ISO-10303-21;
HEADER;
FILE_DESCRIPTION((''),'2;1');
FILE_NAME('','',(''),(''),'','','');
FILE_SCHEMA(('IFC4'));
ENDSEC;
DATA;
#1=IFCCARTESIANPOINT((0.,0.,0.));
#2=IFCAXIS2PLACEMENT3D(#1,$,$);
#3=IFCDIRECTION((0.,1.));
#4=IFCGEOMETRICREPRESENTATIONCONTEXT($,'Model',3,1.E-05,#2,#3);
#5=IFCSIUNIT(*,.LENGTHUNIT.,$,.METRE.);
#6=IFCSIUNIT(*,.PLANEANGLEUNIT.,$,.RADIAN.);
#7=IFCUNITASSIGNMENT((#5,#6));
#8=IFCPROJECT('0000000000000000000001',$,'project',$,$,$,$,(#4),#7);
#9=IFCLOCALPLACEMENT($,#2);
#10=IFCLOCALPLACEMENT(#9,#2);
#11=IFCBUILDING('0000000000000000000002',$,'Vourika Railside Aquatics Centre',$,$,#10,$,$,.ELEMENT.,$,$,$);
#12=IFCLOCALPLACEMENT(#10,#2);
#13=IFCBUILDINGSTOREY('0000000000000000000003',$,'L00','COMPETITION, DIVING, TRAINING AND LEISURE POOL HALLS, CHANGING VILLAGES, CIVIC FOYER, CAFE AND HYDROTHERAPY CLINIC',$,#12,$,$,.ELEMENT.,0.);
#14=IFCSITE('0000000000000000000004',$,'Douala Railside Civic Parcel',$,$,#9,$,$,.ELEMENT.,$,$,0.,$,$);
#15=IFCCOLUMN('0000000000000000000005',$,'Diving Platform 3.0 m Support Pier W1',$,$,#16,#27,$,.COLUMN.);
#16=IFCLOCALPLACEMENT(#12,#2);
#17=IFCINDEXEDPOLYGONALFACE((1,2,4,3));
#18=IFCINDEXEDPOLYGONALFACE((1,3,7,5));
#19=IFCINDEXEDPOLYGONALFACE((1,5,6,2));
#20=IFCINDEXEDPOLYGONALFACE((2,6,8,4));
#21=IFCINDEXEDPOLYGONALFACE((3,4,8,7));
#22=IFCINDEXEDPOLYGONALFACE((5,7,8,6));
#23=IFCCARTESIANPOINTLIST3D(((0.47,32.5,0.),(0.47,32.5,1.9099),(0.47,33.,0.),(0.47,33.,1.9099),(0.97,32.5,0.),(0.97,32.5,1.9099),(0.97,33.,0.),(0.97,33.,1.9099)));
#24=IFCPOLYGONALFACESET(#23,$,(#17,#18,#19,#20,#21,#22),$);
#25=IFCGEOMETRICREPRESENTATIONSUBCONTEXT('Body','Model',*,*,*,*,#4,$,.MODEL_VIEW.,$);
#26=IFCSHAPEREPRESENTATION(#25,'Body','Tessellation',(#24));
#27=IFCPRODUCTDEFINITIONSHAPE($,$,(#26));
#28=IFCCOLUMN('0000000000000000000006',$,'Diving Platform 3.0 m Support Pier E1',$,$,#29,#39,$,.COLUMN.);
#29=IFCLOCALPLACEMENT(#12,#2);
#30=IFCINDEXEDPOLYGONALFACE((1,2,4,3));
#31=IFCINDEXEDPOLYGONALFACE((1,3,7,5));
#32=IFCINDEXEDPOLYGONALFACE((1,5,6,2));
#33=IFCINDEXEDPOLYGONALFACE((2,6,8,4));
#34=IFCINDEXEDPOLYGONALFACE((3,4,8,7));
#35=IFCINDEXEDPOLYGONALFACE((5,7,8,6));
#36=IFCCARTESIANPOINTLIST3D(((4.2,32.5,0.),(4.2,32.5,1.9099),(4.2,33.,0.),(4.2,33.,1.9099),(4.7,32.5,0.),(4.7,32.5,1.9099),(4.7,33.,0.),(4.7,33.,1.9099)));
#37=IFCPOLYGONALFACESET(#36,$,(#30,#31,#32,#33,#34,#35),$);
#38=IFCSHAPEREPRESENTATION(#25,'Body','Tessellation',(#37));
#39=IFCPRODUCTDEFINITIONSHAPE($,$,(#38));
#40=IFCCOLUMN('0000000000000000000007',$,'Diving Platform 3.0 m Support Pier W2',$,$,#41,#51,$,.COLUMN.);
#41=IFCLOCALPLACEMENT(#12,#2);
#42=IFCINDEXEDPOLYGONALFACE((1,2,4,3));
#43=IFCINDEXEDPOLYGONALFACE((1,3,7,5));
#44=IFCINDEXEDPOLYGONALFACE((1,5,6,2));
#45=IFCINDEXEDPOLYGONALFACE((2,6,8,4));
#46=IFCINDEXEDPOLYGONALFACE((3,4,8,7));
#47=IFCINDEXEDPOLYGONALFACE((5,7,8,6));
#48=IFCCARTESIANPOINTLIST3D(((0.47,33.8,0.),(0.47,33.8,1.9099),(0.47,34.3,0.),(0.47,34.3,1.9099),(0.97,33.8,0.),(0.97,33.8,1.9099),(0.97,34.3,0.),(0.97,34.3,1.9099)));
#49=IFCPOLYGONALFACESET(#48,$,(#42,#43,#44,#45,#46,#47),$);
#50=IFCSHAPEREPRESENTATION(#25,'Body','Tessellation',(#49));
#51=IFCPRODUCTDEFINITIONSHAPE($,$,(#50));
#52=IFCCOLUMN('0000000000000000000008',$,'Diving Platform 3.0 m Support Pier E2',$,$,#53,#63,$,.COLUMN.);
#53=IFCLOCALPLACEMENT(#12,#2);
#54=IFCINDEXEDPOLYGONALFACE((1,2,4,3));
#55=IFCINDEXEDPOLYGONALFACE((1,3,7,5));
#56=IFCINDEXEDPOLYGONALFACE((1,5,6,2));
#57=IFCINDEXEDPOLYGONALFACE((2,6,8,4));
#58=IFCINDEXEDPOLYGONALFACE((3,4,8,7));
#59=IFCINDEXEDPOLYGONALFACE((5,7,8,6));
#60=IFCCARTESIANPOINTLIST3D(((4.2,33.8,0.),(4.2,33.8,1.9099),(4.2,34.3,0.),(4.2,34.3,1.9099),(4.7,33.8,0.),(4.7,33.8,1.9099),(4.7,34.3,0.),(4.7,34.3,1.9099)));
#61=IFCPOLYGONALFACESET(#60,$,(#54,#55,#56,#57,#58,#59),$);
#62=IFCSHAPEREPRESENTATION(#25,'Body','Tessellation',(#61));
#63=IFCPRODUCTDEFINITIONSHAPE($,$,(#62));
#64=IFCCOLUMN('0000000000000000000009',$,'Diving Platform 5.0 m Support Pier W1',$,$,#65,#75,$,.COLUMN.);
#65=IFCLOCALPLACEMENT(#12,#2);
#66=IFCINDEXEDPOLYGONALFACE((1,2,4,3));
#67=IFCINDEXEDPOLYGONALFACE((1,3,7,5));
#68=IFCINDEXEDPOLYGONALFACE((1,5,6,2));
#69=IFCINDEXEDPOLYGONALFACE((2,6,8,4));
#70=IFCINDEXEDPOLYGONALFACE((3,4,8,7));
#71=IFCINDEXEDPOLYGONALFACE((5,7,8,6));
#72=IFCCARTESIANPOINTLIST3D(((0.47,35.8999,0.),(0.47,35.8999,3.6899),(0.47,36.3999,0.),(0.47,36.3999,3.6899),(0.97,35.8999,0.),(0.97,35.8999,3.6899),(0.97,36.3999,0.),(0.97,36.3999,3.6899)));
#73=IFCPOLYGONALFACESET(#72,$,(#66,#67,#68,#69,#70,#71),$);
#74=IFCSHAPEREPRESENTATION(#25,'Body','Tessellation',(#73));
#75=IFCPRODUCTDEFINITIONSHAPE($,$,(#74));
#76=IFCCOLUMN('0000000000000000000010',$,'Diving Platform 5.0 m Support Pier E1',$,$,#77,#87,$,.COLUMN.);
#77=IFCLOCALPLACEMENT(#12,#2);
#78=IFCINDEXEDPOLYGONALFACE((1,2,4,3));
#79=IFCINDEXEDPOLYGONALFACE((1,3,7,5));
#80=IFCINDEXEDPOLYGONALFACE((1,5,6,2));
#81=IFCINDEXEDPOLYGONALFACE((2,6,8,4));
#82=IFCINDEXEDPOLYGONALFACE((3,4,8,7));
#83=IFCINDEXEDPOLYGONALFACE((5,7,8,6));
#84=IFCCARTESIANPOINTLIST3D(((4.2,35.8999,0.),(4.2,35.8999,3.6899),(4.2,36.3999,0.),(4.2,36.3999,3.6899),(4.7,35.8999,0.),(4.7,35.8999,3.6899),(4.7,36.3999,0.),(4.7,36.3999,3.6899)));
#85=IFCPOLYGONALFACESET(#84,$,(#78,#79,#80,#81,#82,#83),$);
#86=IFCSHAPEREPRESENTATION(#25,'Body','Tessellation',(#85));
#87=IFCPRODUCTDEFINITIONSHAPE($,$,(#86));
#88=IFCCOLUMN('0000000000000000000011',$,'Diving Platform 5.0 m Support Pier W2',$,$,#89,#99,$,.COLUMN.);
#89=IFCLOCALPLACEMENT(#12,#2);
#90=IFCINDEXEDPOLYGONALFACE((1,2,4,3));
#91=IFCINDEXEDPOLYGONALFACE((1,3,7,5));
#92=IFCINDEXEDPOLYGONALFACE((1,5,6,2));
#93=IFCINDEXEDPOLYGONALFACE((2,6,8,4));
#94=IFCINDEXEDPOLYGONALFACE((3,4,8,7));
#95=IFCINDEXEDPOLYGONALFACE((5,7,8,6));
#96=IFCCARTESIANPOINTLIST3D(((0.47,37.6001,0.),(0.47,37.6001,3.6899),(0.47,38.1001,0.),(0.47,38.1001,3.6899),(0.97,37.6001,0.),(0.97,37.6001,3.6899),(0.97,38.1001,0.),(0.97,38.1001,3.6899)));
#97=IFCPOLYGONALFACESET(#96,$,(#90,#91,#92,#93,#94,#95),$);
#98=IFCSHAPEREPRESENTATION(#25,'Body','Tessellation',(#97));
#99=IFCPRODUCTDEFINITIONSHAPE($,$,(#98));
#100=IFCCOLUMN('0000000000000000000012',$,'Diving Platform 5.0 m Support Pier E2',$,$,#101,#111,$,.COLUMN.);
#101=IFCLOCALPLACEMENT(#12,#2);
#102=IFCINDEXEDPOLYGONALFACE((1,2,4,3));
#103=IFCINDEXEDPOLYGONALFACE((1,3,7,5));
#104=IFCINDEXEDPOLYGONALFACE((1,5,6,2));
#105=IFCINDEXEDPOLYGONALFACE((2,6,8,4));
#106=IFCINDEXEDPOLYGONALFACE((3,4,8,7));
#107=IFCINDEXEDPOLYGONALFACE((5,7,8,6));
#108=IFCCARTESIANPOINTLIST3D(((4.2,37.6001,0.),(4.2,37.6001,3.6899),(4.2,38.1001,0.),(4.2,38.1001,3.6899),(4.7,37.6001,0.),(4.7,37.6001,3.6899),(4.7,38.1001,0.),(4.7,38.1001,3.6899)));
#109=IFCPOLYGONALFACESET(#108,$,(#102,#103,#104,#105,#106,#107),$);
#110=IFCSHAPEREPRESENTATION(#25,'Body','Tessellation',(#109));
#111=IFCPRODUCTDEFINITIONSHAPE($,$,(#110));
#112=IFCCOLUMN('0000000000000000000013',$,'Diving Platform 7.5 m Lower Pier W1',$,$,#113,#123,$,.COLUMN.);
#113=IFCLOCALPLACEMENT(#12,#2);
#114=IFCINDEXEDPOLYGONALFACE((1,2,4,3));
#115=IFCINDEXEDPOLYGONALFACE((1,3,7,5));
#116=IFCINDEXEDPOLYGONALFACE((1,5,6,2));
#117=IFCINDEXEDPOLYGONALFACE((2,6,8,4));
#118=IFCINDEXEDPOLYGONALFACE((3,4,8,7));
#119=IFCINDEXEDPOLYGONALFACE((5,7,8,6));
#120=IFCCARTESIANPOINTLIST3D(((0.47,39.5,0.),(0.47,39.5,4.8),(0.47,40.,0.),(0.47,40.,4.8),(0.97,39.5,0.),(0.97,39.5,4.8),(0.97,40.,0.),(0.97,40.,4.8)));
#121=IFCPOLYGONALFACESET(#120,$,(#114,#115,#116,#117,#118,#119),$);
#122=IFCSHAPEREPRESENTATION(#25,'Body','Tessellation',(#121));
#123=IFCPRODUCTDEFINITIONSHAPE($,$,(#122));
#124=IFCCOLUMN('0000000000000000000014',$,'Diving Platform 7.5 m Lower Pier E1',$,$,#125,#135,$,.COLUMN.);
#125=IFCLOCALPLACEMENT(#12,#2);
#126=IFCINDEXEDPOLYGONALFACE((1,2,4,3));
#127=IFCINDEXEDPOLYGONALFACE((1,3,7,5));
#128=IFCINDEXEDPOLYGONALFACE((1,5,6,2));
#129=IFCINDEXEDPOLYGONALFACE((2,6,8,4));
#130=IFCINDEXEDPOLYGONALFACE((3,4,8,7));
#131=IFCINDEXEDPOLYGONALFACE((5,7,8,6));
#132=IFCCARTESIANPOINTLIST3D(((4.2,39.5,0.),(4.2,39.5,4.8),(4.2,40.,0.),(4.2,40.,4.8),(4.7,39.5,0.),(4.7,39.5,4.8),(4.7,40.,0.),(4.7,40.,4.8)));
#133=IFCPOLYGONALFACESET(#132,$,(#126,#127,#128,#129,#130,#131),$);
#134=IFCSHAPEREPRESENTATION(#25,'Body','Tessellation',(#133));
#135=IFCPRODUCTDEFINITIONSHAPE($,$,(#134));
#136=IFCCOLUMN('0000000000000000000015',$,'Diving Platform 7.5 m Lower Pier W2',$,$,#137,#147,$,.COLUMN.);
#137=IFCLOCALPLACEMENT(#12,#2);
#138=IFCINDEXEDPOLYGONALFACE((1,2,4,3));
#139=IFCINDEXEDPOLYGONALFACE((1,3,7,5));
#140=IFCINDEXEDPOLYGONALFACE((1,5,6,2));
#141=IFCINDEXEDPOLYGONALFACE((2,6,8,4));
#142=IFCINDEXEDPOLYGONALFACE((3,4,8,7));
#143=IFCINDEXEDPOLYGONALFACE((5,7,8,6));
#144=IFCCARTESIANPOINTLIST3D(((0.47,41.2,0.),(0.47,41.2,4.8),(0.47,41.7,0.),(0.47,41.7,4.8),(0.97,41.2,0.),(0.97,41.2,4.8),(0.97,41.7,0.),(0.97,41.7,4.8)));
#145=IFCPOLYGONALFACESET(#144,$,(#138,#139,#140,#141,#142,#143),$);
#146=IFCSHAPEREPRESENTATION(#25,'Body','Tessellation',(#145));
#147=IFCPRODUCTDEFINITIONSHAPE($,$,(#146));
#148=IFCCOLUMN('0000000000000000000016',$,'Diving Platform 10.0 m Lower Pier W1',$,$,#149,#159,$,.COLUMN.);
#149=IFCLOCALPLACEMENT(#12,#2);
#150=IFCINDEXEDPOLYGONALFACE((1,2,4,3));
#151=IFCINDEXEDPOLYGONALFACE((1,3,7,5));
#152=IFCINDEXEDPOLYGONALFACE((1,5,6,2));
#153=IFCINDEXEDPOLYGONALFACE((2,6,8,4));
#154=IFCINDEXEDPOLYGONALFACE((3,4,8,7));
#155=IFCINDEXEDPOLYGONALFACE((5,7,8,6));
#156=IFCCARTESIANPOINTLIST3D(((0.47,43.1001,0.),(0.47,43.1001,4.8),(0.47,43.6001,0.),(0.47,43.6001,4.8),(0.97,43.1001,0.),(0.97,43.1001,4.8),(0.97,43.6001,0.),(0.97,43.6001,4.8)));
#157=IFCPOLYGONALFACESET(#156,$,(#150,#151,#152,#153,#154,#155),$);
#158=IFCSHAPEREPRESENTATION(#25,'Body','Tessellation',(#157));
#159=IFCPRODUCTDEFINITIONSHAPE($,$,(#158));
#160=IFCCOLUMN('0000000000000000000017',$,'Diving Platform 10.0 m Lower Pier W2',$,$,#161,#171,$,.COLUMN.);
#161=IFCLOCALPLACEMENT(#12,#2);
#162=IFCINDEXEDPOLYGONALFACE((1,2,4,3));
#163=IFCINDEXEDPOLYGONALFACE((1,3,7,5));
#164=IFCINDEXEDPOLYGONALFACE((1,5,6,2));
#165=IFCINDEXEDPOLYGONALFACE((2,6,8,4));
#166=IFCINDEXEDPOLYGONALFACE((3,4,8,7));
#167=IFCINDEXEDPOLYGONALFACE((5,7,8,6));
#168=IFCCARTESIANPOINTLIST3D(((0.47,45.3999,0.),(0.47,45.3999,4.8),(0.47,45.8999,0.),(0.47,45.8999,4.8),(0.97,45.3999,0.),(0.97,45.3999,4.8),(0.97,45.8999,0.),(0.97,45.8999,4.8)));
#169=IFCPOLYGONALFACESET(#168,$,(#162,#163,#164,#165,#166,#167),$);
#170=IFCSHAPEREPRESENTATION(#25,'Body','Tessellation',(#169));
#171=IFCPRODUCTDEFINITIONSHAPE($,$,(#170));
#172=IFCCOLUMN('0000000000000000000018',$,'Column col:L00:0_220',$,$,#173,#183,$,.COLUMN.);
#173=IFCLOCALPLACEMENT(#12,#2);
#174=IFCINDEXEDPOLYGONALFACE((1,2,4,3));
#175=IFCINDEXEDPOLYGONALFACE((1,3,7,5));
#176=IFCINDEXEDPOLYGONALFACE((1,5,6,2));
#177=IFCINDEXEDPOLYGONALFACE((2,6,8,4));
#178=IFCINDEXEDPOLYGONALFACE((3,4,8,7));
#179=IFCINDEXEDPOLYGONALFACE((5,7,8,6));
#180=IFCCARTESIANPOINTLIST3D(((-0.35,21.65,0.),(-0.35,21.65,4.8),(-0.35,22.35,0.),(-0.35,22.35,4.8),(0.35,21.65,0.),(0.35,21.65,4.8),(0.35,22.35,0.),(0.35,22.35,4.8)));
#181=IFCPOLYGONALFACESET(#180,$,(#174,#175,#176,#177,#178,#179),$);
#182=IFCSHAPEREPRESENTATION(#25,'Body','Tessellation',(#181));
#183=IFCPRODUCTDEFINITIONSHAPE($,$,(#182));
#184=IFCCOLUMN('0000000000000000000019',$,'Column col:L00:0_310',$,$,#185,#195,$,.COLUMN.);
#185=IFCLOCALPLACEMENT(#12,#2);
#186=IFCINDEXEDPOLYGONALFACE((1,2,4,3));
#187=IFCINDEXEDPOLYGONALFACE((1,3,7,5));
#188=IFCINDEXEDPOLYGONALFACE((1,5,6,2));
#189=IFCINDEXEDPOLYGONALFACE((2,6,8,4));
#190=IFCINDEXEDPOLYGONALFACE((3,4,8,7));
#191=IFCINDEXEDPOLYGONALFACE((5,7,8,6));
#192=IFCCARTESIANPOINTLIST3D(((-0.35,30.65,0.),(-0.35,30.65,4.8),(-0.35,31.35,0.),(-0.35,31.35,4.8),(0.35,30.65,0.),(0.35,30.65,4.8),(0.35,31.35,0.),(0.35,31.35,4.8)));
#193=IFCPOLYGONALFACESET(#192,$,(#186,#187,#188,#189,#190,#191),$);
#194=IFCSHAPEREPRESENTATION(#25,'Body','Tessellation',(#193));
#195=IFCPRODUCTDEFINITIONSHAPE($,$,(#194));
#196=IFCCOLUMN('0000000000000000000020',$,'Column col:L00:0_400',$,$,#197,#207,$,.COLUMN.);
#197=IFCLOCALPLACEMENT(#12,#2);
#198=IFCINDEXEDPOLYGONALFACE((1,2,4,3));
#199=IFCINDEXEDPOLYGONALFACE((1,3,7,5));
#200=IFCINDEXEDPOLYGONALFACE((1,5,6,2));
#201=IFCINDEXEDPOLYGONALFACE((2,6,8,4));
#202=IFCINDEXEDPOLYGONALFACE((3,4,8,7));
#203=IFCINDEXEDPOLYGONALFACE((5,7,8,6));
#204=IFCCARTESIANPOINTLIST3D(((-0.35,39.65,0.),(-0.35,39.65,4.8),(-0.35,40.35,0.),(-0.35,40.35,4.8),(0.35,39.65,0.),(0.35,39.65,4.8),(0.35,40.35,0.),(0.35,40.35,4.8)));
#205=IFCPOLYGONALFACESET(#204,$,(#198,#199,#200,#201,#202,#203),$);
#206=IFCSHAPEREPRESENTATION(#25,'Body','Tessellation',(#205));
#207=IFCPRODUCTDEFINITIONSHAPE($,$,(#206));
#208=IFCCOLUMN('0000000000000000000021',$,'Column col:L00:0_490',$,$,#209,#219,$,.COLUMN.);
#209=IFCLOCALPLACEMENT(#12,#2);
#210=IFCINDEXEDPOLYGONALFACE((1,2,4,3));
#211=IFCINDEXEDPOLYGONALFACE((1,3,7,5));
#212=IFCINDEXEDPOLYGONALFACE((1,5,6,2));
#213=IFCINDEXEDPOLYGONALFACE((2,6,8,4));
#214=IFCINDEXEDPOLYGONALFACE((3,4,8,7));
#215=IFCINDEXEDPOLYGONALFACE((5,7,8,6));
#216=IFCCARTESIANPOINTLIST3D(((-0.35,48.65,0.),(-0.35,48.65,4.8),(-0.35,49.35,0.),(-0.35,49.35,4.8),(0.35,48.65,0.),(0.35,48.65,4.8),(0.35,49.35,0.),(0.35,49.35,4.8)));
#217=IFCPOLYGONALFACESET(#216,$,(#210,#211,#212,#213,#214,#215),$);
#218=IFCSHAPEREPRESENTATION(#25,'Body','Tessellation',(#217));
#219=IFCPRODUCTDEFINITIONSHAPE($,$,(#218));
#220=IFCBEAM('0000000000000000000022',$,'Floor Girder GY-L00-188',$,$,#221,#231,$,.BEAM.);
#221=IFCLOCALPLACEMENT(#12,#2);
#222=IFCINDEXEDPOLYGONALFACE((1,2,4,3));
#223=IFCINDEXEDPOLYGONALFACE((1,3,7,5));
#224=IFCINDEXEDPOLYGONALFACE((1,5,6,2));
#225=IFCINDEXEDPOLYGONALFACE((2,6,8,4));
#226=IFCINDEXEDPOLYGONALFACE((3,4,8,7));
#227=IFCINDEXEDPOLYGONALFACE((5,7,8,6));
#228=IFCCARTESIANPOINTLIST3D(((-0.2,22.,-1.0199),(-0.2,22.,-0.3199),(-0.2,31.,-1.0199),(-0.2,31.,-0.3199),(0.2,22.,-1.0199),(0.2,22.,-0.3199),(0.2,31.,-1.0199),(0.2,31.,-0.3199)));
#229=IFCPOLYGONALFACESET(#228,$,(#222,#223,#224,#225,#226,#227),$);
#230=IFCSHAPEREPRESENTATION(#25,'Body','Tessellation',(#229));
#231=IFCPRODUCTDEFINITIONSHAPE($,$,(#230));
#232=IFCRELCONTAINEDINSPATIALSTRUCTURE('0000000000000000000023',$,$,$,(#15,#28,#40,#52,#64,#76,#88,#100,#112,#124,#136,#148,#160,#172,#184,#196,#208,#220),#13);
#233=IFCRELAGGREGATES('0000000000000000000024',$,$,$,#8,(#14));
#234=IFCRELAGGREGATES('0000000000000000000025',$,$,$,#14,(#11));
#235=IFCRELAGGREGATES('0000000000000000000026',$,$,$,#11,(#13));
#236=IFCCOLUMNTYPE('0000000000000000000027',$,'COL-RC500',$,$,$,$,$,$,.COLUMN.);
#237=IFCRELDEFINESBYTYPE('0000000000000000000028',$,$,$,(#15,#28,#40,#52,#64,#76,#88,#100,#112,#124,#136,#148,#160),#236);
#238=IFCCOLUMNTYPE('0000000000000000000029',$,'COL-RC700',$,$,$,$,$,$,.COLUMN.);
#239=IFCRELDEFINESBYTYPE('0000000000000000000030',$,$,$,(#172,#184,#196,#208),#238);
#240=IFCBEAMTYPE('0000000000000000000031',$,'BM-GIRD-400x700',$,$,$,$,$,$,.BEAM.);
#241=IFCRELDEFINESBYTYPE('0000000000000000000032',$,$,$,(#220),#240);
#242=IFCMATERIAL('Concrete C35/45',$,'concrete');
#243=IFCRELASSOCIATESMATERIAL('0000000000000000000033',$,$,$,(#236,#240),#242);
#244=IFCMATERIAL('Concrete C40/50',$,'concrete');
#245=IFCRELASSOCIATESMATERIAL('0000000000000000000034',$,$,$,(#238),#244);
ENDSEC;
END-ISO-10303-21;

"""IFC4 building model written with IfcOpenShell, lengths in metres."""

from ifc_helpers import new_model, si_unit, direction, frame, origin, origin_2d, place, context, subcontext, project, spatial, rectangle, extrude, material, material_profile, profile_set, type_object, element, save


model = new_model("IFC4")

# Units and contexts
model_context = context("Model", 3, precision=1e-05, world=origin(), true_north=direction((0.0, 1.0)))
body_context = subcontext(model_context, "Body", "Model", "MODEL_VIEW")
ifc_project = project(units=[si_unit("LENGTHUNIT", "METRE"), si_unit("PLANEANGLEUNIT", "RADIAN")], contexts=[model_context])

# Site, building, storey
site_placement = place(None, origin())
site = spatial("IfcSite", under=ifc_project, at=site_placement, Name="Douala Railside Civic Parcel", CompositionType="ELEMENT", RefElevation=0.0)
building_placement = place(site_placement, origin())
building = spatial("IfcBuilding", under=site, at=building_placement, Name="Vourika Railside Aquatics Centre", CompositionType="ELEMENT")
storey_placement = place(building_placement, origin())
storey = spatial("IfcBuildingStorey", under=building, at=storey_placement, Name="L00", Description="COMPETITION, DIVING, TRAINING AND LEISURE POOL HALLS, CHANGING VILLAGES, CIVIC FOYER, CAFE AND HYDROTHERAPY CLINIC", CompositionType="ELEMENT", Elevation=0.0)

# Columns
ifc_material_1 = material(Name="Concrete C35/45", Category="concrete")
ifc_material_profile_1 = material_profile(ifc_material_1, rectangle(XDim=0.5, YDim=0.5, at=origin_2d()), Name="RC 500x500")
ifc_profile_set_1 = profile_set([ifc_material_profile_1], Name="Concrete C35/45")
column_type_1 = type_object("IfcColumnType", Name="COL-RC500", PredefinedType="COLUMN", material=ifc_profile_set_1)
for number, where, z_axis, x_axis, name in (
    (1, (0.72, 32.75, 0.0), (0.0, 0.0, 1.0), (1.0, 0.0, 0.0), "Diving Platform 3.0 m Support Pier W1"),
    (2, (4.45, 32.75, 0.0), (0.0, 0.0, 1.0), (1.0, 0.0, 0.0), "Diving Platform 3.0 m Support Pier E1"),
    (3, (0.72, 34.05, 0.0), (0.0, 0.0, 1.0), (1.0, 0.0, 0.0), "Diving Platform 3.0 m Support Pier W2"),
    (4, (4.45, 34.05, 0.0), (0.0, 0.0, 1.0), (1.0, 0.0, 0.0), "Diving Platform 3.0 m Support Pier E2"),
):
    element("IfcColumn", number, at=place(storey_placement, frame(where, z_axis=z_axis, x_axis=x_axis)), inside=storey, type_object=column_type_1, Name=name, PredefinedType="COLUMN", context=body_context, shape_type="SweptSolid", body=[
        extrude(rectangle(XDim=0.5, YDim=0.5, at=origin_2d()), origin(), (0.0, 0.0, 1.0), 1.9099),
    ])
for number, where, z_axis, x_axis, name in (
    (5, (0.72, 36.1499, 0.0), (0.0, 0.0, 1.0), (1.0, 0.0, 0.0), "Diving Platform 5.0 m Support Pier W1"),
    (6, (4.45, 36.1499, 0.0), (0.0, 0.0, 1.0), (1.0, 0.0, 0.0), "Diving Platform 5.0 m Support Pier E1"),
    (7, (0.72, 37.8501, 0.0), (0.0, 0.0, 1.0), (1.0, 0.0, 0.0), "Diving Platform 5.0 m Support Pier W2"),
    (8, (4.45, 37.8501, 0.0), (0.0, 0.0, 1.0), (1.0, 0.0, 0.0), "Diving Platform 5.0 m Support Pier E2"),
):
    element("IfcColumn", number, at=place(storey_placement, frame(where, z_axis=z_axis, x_axis=x_axis)), inside=storey, type_object=column_type_1, Name=name, PredefinedType="COLUMN", context=body_context, shape_type="SweptSolid", body=[
        extrude(rectangle(XDim=0.5, YDim=0.5, at=origin_2d()), origin(), (0.0, 0.0, 1.0), 3.6899),
    ])
for number, where, z_axis, x_axis, name in (
    (9, (0.72, 39.75, 0.0), (0.0, 0.0, 1.0), (1.0, 0.0, 0.0), "Diving Platform 7.5 m Lower Pier W1"),
    (10, (4.45, 39.75, 0.0), (0.0, 0.0, 1.0), (1.0, 0.0, 0.0), "Diving Platform 7.5 m Lower Pier E1"),
    (11, (0.72, 41.45, 0.0), (0.0, 0.0, 1.0), (1.0, 0.0, 0.0), "Diving Platform 7.5 m Lower Pier W2"),
    (12, (0.72, 43.3501, 0.0), (0.0, 0.0, 1.0), (1.0, 0.0, 0.0), "Diving Platform 10.0 m Lower Pier W1"),
    (13, (0.72, 45.6499, 0.0), (0.0, 0.0, 1.0), (1.0, 0.0, 0.0), "Diving Platform 10.0 m Lower Pier W2"),
):
    element("IfcColumn", number, at=place(storey_placement, frame(where, z_axis=z_axis, x_axis=x_axis)), inside=storey, type_object=column_type_1, Name=name, PredefinedType="COLUMN", context=body_context, shape_type="SweptSolid", body=[
        extrude(rectangle(XDim=0.5, YDim=0.5, at=origin_2d()), origin(), (0.0, 0.0, 1.0), 4.8),
    ])
ifc_material_2 = material(Name="Concrete C40/50", Category="concrete")
ifc_material_profile_2 = material_profile(ifc_material_2, rectangle(XDim=0.7, YDim=0.7, at=origin_2d()), Name="RC 700x700")
ifc_profile_set_2 = profile_set([ifc_material_profile_2], Name="Concrete C40/50")
column_type_2 = type_object("IfcColumnType", Name="COL-RC700", PredefinedType="COLUMN", material=ifc_profile_set_2)
for number, where, z_axis, x_axis, name in (
    (14, (0.0, 22.0, 0.0), (0.0, 0.0, 1.0), (1.0, 0.0, 0.0), "Column col:L00:0_220"),
    (15, (0.0, 31.0, 0.0), (0.0, 0.0, 1.0), (1.0, 0.0, 0.0), "Column col:L00:0_310"),
    (16, (0.0, 40.0, 0.0), (0.0, 0.0, 1.0), (1.0, 0.0, 0.0), "Column col:L00:0_400"),
    (17, (0.0, 49.0, 0.0), (0.0, 0.0, 1.0), (1.0, 0.0, 0.0), "Column col:L00:0_490"),
):
    element("IfcColumn", number, at=place(storey_placement, frame(where, z_axis=z_axis, x_axis=x_axis)), inside=storey, type_object=column_type_2, Name=name, PredefinedType="COLUMN", context=body_context, shape_type="SweptSolid", body=[
        extrude(rectangle(XDim=0.7, YDim=0.7, at=origin_2d()), origin(), (0.0, 0.0, 1.0), 4.8),
    ])

# Beam
ifc_material_profile_3 = material_profile(ifc_material_1, rectangle(XDim=0.3999, YDim=0.7, at=origin_2d()), Name="RC 400x700")
ifc_profile_set_3 = profile_set([ifc_material_profile_3], Name="Concrete C35/45")
beam_type_1 = type_object("IfcBeamType", Name="BM-GIRD-400x700", PredefinedType="BEAM", material=ifc_profile_set_3)
for number, where, z_axis, x_axis, name in (
    (18, (0.0, 22.0, -0.6699), (0.0, 1.0, 0.0), (-1.0, 0.0, 0.0), "Floor Girder GY-L00-188"),
):
    element("IfcBeam", number, at=place(storey_placement, frame(where, z_axis=z_axis, x_axis=x_axis)), inside=storey, type_object=beam_type_1, Name=name, PredefinedType="BEAM", context=body_context, shape_type="SweptSolid", body=[
        extrude(rectangle(XDim=0.3999, YDim=0.7, at=origin_2d()), origin(), (0.0, 0.0, 1.0), 9.0),
    ])

save(model, "model.ifc")
